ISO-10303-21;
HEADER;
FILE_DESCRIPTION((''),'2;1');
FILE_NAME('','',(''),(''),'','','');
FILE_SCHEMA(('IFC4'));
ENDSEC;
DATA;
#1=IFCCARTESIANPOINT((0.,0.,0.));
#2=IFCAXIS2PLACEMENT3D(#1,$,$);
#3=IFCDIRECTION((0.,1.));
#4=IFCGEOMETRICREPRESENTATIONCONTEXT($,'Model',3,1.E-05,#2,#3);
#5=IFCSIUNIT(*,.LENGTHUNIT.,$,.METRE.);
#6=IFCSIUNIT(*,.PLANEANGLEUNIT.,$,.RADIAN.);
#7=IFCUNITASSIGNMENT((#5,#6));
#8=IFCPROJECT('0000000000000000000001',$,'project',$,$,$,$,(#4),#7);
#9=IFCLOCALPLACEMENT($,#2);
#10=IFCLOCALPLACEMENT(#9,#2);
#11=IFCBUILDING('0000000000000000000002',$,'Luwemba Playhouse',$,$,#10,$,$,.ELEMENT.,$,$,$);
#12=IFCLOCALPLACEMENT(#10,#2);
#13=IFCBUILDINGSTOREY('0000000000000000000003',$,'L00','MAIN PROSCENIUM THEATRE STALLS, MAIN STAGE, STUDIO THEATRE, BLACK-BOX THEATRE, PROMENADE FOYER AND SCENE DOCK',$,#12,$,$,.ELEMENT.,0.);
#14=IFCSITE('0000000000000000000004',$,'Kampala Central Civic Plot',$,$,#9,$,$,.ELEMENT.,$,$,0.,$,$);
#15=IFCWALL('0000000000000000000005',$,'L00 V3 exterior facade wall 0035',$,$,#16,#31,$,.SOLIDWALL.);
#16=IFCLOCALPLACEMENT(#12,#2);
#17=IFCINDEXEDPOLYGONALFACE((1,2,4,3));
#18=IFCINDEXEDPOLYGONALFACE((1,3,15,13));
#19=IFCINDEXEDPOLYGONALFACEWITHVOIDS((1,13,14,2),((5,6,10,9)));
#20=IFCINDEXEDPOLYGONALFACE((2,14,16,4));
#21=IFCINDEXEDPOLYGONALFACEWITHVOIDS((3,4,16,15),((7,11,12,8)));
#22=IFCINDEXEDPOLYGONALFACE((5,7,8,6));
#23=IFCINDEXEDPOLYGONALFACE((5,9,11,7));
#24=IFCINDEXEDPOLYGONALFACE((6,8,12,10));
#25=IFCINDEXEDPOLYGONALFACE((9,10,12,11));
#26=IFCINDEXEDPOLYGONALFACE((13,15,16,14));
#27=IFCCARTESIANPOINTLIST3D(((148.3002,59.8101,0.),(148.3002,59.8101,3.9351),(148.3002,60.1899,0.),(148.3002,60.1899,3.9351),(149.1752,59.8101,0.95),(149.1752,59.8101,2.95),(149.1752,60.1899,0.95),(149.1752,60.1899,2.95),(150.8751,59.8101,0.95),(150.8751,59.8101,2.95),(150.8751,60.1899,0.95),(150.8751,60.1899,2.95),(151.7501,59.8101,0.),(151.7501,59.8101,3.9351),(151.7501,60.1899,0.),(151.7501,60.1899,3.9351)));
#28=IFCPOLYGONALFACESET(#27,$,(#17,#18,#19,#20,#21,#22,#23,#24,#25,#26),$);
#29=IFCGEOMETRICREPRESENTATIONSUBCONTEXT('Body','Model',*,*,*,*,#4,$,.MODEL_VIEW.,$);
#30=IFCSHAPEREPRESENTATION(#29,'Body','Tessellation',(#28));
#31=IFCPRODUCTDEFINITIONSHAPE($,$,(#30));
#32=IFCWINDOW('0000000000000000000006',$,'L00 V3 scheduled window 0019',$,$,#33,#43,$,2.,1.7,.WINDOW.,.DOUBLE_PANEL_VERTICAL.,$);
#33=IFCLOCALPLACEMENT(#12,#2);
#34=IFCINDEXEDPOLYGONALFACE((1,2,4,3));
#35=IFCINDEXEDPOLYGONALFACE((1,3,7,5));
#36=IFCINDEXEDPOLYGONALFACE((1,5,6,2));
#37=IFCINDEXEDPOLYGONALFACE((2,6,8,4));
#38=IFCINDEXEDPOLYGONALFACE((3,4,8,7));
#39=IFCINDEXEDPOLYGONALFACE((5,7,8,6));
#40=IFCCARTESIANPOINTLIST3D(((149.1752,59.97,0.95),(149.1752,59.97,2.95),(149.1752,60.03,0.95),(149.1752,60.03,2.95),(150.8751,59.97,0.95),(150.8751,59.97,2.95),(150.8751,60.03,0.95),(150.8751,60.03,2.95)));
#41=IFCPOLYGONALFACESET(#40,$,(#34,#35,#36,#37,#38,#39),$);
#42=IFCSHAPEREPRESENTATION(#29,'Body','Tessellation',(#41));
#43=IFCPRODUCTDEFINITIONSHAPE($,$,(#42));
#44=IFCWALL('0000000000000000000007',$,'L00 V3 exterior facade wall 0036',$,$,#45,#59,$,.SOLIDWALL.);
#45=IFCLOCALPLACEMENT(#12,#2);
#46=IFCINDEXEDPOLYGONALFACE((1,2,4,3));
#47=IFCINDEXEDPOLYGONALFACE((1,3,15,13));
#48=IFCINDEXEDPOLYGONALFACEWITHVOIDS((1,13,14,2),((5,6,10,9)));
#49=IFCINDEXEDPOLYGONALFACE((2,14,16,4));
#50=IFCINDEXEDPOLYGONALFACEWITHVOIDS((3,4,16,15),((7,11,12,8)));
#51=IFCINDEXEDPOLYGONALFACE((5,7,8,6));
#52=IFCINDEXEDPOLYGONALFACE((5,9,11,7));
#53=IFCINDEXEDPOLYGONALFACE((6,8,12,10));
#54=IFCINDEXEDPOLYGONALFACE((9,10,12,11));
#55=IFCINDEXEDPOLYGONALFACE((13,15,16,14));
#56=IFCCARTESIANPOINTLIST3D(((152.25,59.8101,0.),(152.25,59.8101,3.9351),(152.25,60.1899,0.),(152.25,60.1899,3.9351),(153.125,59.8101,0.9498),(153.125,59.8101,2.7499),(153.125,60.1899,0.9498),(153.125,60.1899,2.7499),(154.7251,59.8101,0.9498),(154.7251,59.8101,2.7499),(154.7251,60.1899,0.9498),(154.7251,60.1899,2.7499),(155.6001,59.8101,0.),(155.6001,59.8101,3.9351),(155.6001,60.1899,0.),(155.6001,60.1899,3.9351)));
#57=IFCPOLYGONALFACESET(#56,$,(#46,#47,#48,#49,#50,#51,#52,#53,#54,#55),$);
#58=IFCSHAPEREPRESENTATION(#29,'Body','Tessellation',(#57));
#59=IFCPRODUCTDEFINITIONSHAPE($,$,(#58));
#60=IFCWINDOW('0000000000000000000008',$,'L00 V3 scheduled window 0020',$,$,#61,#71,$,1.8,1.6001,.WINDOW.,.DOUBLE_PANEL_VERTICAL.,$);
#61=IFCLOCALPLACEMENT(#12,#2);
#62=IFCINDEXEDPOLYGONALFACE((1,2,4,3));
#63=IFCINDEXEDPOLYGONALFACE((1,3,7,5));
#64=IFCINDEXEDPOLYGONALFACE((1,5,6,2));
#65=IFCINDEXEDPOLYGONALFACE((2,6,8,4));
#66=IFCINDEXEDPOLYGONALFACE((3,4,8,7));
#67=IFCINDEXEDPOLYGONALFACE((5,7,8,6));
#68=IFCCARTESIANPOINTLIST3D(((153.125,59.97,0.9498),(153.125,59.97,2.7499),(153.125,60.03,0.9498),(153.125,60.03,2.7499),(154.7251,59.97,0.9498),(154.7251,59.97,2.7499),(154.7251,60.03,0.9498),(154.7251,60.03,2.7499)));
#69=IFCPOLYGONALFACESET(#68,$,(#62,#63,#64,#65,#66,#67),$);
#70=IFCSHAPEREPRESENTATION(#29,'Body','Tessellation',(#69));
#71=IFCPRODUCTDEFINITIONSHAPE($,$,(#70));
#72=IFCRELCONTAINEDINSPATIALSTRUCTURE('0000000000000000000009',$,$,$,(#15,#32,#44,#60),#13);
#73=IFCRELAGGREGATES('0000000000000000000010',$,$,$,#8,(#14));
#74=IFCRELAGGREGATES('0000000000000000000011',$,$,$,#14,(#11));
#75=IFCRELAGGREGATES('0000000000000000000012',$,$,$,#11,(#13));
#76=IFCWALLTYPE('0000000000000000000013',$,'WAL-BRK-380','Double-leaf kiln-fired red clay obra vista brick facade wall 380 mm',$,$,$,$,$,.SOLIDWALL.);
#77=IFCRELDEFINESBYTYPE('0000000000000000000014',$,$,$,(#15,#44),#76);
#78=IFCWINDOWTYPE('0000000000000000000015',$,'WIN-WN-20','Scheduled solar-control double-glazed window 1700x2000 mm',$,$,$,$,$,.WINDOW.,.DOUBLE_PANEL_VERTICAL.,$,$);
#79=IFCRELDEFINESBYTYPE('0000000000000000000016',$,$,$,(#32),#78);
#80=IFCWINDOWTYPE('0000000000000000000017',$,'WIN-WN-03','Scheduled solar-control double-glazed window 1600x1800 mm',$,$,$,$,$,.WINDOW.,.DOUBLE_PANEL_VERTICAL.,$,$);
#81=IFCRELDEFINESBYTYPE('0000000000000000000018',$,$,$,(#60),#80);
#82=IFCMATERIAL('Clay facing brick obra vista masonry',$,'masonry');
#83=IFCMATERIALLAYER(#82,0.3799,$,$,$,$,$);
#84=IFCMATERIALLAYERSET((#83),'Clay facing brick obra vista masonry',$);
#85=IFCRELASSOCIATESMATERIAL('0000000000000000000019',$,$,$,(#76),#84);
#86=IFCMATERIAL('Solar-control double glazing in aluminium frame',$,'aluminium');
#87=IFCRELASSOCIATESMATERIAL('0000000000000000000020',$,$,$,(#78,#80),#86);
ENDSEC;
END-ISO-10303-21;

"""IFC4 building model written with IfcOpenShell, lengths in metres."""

from ifc_helpers import new_model, si_unit, direction, frame, frame_2d, origin, place, context, subcontext, project, spatial, rectangle, extrude, material, layer, layer_set, type_object, element, fill, save


model = new_model("IFC4")

# Units and contexts
model_context = context("Model", 3, precision=1e-05, world=origin(), true_north=direction((0.0, 1.0)))
body_context = subcontext(model_context, "Body", "Model", "MODEL_VIEW")
ifc_project = project(units=[si_unit("LENGTHUNIT", "METRE"), si_unit("PLANEANGLEUNIT", "RADIAN")], contexts=[model_context])

# Site, building, storey
site_placement = place(None, origin())
site = spatial("IfcSite", under=ifc_project, at=site_placement, Name="Kampala Central Civic Plot", CompositionType="ELEMENT", RefElevation=0.0)
building_placement = place(site_placement, origin())
building = spatial("IfcBuilding", under=site, at=building_placement, Name="Luwemba Playhouse", CompositionType="ELEMENT")
storey_placement = place(building_placement, origin())
storey = spatial("IfcBuildingStorey", under=building, at=storey_placement, Name="L00", Description="MAIN PROSCENIUM THEATRE STALLS, MAIN STAGE, STUDIO THEATRE, BLACK-BOX THEATRE, PROMENADE FOYER AND SCENE DOCK", CompositionType="ELEMENT", Elevation=0.0)

# Walls, openings, windows
ifc_material_1 = material(Name="Clay facing brick obra vista masonry", Category="masonry")
ifc_layer_1 = layer(ifc_material_1, 0.3799)
ifc_layer_set_1 = layer_set([ifc_layer_1], Name="Clay facing brick obra vista masonry")
wall_type = type_object("IfcWallType", Name="WAL-BRK-380", Description="Double-leaf kiln-fired red clay obra vista brick facade wall 380 mm", PredefinedType="SOLIDWALL", material=ifc_layer_set_1)
wall_1_placement = place(storey_placement, frame((148.3, 60.0, 0.0), z_axis=(0.0, 0.0, 1.0), x_axis=(1.0, 0.0, 0.0)))
wall_1 = element("IfcWall", 1, at=wall_1_placement, inside=storey, type_object=wall_type, Name="L00 V3 exterior facade wall 0035", PredefinedType="SOLIDWALL", context=body_context, shape_type="SweptSolid", body=[
    extrude(rectangle(XDim=3.45, YDim=0.3799, at=frame_2d((1.7251, 0.0))), origin(), (0.0, 0.0, 1.0), 3.9351),
])
opening_1_placement = place(wall_1_placement, frame((0.875, 0.0, 0.95)))
opening_1 = element("IfcOpeningElement", 2, at=opening_1_placement, cuts=wall_1, PredefinedType="OPENING", context=body_context, shape_type="SweptSolid", body=[
    extrude(rectangle(XDim=1.7, YDim=2.0, at=frame_2d((0.8501, 1.0))), frame((0.0, 0.2, 0.0), z_axis=(0.0, -1.0, 0.0), x_axis=(1.0, 0.0, 0.0)), (0.0, 0.0, 1.0), 0.3999),
])
ifc_material_2 = material(Name="Solar-control double glazing in aluminium frame", Category="aluminium")
window_type_1 = type_object("IfcWindowType", Name="WIN-WN-20", Description="Scheduled solar-control double-glazed window 1700x2000 mm", PartitioningType="DOUBLE_PANEL_VERTICAL", PredefinedType="WINDOW", material=ifc_material_2)
window_1_placement = place(opening_1_placement, origin())
window_1 = element("IfcWindow", 3, at=window_1_placement, inside=storey, type_object=window_type_1, Name="L00 V3 scheduled window 0019", OverallHeight=2.0, OverallWidth=1.7, PartitioningType="DOUBLE_PANEL_VERTICAL", PredefinedType="WINDOW", context=body_context, shape_type="SweptSolid", body=[
    extrude(rectangle(XDim=1.7, YDim=2.0, at=frame_2d((0.8501, 1.0))), frame((0.0, 0.03, 0.0), z_axis=(0.0, -1.0, 0.0), x_axis=(1.0, 0.0, 0.0)), (0.0, 0.0, 1.0), 0.0601),
])
fill(opening_1, window_1)
wall_2_placement = place(storey_placement, frame((152.25, 60.0, 0.0), z_axis=(0.0, 0.0, 1.0), x_axis=(1.0, 0.0, 0.0)))
wall_2 = element("IfcWall", 4, at=wall_2_placement, inside=storey, type_object=wall_type, Name="L00 V3 exterior facade wall 0036", PredefinedType="SOLIDWALL", context=body_context, shape_type="SweptSolid", body=[
    extrude(rectangle(XDim=3.3501, YDim=0.3799, at=frame_2d((1.675, 0.0))), origin(), (0.0, 0.0, 1.0), 3.9351),
])
opening_2_placement = place(wall_2_placement, frame((0.875, 0.0, 0.95)))
opening_2 = element("IfcOpeningElement", 5, at=opening_2_placement, cuts=wall_2, PredefinedType="OPENING", context=body_context, shape_type="SweptSolid", body=[
    extrude(rectangle(XDim=1.6001, YDim=1.8, at=frame_2d((0.8, 0.8999))), frame((0.0, 0.2, 0.0), z_axis=(0.0, -1.0, 0.0), x_axis=(1.0, 0.0, 0.0)), (0.0, 0.0, 1.0), 0.3999),
])
window_type_2 = type_object("IfcWindowType", Name="WIN-WN-03", Description="Scheduled solar-control double-glazed window 1600x1800 mm", PartitioningType="DOUBLE_PANEL_VERTICAL", PredefinedType="WINDOW", material=ifc_material_2)
window_2_placement = place(opening_2_placement, origin())
window_2 = element("IfcWindow", 6, at=window_2_placement, inside=storey, type_object=window_type_2, Name="L00 V3 scheduled window 0020", OverallHeight=1.8, OverallWidth=1.6001, PartitioningType="DOUBLE_PANEL_VERTICAL", PredefinedType="WINDOW", context=body_context, shape_type="SweptSolid", body=[
    extrude(rectangle(XDim=1.6001, YDim=1.8, at=frame_2d((0.8, 0.8999))), frame((0.0, 0.03, 0.0), z_axis=(0.0, -1.0, 0.0), x_axis=(1.0, 0.0, 0.0)), (0.0, 0.0, 1.0), 0.0601),
])
fill(opening_2, window_2)

save(model, "model.ifc")
